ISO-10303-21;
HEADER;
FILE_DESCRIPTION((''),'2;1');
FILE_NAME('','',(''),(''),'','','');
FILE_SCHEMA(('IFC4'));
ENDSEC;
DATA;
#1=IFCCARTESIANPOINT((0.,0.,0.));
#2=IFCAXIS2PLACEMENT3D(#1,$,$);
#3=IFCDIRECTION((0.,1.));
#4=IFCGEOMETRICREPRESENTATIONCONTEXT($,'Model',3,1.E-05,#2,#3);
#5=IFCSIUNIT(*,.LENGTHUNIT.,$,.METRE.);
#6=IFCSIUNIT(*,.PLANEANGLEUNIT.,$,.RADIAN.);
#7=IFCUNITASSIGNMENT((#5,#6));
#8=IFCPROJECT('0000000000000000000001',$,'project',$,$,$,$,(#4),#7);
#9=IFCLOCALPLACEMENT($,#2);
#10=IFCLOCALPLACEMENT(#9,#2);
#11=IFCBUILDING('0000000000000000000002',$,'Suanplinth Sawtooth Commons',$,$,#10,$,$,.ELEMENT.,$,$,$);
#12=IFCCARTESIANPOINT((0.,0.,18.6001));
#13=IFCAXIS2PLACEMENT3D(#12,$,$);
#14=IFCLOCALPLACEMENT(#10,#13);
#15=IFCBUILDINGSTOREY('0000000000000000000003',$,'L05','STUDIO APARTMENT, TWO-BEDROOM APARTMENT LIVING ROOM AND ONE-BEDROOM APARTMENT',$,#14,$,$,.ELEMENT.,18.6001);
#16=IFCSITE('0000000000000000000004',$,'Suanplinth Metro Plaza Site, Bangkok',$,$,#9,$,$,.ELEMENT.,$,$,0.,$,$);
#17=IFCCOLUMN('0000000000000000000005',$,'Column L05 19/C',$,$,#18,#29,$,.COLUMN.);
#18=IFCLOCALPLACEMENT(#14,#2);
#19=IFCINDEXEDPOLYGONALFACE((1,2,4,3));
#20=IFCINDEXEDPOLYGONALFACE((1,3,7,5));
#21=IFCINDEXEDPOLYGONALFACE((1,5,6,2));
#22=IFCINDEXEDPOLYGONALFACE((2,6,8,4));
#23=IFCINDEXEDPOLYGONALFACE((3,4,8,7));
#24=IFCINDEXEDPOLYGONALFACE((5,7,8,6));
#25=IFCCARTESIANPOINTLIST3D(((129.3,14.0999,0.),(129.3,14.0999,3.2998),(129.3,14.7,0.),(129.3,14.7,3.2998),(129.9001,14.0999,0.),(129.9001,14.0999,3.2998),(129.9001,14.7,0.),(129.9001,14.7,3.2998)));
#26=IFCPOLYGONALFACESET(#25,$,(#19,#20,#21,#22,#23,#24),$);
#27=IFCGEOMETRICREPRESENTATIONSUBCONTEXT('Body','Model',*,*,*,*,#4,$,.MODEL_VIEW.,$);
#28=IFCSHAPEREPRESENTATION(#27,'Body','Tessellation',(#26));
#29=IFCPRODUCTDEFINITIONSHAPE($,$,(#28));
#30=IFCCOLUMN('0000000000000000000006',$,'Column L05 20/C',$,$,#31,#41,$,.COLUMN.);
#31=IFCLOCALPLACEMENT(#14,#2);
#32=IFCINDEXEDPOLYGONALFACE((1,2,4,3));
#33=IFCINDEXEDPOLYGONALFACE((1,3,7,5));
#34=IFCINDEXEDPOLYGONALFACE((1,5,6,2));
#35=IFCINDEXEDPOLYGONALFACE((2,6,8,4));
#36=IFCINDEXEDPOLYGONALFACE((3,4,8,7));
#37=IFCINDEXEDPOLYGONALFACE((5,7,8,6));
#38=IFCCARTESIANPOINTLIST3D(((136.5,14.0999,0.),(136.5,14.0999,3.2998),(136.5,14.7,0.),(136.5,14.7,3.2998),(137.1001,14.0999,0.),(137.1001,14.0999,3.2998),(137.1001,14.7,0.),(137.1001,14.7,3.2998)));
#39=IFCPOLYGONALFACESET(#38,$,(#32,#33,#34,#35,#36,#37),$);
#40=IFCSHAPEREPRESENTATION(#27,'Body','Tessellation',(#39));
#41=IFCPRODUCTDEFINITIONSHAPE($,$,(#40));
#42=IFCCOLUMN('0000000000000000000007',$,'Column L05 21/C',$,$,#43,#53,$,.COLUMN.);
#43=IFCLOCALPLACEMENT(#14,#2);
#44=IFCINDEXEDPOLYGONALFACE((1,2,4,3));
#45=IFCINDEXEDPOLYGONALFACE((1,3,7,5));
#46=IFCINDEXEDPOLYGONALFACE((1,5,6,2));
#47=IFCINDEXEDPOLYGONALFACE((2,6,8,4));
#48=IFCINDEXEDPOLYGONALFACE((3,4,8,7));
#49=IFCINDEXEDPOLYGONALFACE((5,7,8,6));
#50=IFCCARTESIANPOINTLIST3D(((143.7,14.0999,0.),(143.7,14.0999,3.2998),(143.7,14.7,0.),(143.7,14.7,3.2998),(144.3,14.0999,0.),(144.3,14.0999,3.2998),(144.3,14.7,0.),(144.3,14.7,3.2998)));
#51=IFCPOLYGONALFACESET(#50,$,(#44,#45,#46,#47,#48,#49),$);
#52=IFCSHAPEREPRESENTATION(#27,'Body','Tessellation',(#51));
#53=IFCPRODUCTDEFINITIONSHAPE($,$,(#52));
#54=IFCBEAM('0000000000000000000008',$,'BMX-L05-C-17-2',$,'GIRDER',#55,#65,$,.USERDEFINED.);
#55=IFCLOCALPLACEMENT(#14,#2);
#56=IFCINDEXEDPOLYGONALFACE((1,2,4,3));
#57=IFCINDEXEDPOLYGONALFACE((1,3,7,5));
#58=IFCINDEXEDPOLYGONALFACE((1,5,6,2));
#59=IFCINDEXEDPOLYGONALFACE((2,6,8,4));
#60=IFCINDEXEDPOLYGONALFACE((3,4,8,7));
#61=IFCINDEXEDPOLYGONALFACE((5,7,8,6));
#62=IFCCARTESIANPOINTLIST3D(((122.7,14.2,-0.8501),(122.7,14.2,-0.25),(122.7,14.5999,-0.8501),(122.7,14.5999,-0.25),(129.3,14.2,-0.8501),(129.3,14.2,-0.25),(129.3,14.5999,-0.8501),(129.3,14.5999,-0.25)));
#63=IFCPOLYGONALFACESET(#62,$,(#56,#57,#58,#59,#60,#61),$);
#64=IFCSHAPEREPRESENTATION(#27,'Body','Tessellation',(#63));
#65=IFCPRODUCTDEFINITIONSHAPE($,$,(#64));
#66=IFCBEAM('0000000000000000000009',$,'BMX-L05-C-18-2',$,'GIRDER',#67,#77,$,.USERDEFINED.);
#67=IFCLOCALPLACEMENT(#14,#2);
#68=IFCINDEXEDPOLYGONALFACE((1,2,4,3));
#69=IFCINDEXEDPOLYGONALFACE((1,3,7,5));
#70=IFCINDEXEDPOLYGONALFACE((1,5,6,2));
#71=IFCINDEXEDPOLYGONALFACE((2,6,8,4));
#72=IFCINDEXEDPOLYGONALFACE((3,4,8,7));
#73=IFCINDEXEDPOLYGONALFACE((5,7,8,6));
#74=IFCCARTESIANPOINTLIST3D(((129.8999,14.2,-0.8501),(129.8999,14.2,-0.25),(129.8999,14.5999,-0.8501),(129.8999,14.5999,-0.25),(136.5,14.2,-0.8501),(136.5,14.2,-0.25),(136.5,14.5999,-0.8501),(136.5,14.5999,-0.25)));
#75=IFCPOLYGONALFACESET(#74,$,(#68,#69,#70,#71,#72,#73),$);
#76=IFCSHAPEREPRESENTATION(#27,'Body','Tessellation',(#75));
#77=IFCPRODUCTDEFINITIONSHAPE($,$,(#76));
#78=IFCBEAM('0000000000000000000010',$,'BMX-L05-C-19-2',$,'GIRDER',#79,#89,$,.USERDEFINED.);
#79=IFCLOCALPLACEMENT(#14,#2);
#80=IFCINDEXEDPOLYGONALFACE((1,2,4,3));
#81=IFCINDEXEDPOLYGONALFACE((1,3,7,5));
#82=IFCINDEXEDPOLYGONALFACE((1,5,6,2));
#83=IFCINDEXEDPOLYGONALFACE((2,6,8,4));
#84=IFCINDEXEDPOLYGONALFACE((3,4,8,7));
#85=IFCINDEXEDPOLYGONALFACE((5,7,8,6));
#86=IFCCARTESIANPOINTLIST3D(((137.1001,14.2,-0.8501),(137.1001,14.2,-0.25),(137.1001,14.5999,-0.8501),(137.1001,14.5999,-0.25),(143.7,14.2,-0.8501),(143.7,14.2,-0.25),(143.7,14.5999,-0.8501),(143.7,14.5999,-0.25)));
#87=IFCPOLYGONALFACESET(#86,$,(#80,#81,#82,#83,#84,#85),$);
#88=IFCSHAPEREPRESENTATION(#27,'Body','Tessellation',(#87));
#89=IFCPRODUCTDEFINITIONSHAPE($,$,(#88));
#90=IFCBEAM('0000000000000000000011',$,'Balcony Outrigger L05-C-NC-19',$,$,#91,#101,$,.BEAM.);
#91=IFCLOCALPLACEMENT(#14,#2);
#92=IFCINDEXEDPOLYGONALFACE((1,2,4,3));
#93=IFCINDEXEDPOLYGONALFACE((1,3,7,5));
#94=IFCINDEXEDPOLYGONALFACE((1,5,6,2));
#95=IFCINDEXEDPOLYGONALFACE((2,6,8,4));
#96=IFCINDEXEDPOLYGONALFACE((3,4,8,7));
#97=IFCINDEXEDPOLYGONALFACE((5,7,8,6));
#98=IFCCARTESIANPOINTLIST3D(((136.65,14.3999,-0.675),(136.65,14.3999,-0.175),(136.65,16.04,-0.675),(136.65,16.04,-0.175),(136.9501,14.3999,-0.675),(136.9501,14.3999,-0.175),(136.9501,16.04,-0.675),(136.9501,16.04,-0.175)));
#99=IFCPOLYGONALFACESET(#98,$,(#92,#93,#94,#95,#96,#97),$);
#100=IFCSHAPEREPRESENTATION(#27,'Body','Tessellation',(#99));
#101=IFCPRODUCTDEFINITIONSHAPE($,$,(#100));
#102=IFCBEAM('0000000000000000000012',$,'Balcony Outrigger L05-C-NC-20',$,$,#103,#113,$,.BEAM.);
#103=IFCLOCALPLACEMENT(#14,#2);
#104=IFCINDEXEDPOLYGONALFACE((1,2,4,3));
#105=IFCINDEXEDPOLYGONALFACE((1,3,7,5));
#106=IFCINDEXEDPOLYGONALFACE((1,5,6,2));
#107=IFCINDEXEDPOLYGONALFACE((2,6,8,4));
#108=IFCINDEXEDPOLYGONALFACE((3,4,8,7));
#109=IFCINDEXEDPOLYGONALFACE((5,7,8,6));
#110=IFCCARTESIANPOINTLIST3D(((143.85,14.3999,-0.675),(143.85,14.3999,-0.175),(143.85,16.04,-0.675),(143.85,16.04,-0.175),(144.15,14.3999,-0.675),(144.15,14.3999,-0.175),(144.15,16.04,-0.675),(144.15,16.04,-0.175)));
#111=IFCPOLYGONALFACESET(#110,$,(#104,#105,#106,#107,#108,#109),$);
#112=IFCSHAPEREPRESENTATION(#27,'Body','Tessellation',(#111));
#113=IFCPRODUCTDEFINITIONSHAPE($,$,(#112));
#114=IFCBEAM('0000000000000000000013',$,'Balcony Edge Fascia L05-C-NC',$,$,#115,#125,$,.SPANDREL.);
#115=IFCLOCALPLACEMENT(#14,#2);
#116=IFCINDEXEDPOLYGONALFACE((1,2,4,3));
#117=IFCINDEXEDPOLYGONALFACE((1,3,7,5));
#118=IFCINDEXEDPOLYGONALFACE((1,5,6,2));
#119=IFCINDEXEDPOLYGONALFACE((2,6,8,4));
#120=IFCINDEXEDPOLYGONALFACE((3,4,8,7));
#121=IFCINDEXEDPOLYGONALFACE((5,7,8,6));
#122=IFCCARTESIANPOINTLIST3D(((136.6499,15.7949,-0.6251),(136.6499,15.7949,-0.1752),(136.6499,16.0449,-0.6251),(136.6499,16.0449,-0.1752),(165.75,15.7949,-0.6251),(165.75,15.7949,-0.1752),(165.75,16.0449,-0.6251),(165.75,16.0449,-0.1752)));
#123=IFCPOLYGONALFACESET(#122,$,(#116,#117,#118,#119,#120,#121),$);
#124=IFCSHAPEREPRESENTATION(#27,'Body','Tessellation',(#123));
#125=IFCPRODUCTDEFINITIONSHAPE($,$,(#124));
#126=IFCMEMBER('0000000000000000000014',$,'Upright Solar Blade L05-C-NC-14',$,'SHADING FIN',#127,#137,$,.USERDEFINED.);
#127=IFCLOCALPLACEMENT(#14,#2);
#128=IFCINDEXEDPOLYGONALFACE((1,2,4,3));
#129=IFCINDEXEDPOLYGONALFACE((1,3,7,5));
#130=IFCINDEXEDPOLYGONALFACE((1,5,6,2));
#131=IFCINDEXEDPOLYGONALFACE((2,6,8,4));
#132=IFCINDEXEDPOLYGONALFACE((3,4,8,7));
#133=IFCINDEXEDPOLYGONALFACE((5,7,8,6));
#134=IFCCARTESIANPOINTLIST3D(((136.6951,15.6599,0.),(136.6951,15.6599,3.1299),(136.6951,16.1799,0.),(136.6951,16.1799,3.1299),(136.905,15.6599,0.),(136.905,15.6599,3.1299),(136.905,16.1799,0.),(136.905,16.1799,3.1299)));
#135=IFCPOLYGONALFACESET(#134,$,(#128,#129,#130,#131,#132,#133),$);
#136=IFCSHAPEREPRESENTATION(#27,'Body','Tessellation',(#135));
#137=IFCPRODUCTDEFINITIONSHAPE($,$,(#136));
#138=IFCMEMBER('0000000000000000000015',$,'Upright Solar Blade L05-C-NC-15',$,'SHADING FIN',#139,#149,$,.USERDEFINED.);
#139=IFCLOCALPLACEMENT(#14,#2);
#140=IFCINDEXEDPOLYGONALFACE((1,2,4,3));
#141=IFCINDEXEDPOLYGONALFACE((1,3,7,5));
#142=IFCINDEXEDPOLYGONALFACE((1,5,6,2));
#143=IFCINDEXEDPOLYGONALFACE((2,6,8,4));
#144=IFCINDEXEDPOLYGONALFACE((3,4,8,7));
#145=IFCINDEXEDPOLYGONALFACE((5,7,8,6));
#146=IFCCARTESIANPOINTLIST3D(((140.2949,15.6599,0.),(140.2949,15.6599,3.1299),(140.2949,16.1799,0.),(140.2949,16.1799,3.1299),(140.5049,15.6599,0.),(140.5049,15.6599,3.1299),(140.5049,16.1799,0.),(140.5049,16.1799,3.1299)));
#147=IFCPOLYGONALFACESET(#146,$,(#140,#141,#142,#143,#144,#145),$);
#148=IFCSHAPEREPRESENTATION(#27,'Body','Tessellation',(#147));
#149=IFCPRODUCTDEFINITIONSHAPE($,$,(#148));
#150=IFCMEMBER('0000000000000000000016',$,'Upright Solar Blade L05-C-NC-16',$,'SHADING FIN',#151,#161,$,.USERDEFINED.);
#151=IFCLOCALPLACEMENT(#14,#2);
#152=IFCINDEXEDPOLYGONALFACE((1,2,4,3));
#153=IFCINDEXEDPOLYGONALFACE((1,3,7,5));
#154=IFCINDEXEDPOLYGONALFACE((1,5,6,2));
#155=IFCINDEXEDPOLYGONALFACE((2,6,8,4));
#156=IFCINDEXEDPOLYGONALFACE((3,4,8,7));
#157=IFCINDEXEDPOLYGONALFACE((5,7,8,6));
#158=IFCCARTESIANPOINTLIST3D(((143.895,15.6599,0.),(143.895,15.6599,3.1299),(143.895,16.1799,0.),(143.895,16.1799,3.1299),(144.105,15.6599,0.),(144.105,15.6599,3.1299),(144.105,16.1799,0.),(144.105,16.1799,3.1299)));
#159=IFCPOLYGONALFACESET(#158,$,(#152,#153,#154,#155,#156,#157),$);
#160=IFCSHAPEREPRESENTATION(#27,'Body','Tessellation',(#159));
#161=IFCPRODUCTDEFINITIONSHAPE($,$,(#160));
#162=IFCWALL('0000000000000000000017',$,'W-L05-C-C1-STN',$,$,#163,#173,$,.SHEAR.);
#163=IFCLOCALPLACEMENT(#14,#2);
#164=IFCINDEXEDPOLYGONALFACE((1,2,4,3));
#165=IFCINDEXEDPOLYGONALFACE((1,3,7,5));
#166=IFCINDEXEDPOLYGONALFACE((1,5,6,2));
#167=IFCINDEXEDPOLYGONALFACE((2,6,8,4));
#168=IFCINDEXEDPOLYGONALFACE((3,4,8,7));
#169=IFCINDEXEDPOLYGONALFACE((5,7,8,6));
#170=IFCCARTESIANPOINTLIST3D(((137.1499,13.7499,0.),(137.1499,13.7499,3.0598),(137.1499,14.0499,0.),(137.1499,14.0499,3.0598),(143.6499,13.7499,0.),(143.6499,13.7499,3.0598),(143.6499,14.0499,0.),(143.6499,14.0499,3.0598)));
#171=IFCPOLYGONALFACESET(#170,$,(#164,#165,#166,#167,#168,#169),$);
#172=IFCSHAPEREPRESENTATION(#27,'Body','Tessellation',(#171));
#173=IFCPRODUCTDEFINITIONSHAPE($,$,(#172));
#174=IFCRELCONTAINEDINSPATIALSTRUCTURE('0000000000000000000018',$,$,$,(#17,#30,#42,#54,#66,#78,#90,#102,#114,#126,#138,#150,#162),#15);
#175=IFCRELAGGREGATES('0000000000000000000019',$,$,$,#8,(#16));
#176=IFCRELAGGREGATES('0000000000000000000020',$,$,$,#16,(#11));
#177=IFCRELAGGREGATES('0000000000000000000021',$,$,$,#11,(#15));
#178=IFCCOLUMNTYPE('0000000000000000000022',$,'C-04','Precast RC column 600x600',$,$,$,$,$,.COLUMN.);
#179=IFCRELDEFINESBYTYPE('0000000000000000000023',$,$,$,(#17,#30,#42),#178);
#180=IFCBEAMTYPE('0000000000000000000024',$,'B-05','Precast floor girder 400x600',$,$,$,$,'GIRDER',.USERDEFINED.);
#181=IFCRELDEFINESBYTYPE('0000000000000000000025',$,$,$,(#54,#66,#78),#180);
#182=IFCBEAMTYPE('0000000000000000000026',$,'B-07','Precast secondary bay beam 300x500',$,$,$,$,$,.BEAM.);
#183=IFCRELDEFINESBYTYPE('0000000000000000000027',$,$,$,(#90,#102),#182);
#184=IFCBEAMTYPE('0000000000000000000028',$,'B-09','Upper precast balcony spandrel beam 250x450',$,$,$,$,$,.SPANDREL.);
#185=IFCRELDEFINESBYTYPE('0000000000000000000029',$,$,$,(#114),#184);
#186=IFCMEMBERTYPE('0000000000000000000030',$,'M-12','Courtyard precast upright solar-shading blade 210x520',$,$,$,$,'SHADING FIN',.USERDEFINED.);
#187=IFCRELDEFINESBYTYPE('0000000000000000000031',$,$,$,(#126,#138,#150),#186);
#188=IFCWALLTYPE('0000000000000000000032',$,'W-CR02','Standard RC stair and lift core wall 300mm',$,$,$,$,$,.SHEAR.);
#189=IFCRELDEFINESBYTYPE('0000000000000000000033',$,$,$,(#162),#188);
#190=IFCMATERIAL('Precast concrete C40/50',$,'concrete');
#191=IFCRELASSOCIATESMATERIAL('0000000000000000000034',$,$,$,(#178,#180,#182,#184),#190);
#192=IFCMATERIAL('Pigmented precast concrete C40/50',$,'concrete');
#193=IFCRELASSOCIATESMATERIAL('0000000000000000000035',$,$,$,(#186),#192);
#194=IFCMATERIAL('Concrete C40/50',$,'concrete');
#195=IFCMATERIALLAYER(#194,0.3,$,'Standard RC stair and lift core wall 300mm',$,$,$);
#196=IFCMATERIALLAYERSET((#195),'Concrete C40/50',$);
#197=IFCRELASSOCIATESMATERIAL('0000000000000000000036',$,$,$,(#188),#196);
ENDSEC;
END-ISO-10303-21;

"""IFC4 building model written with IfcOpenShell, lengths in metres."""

from ifc_helpers import new_model, si_unit, direction, frame, frame_2d, origin, origin_2d, place, context, subcontext, project, spatial, rectangle, extrude, material, layer, layer_set, material_profile, profile_set, type_object, element, save


model = new_model("IFC4")

# Units and contexts
model_context = context("Model", 3, precision=1e-05, world=origin(), true_north=direction((0.0, 1.0)))
body_context = subcontext(model_context, "Body", "Model", "MODEL_VIEW")
ifc_project = project(units=[si_unit("LENGTHUNIT", "METRE"), si_unit("PLANEANGLEUNIT", "RADIAN")], contexts=[model_context])

# Site, building, storey
site_placement = place(None, origin())
site = spatial("IfcSite", under=ifc_project, at=site_placement, Name="Suanplinth Metro Plaza Site, Bangkok", CompositionType="ELEMENT", RefElevation=0.0)
building_placement = place(site_placement, origin())
building = spatial("IfcBuilding", under=site, at=building_placement, Name="Suanplinth Sawtooth Commons", CompositionType="ELEMENT")
storey_placement = place(building_placement, frame((0.0, 0.0, 18.6001)))
storey = spatial("IfcBuildingStorey", under=building, at=storey_placement, Name="L05", Description="STUDIO APARTMENT, TWO-BEDROOM APARTMENT LIVING ROOM AND ONE-BEDROOM APARTMENT", CompositionType="ELEMENT", Elevation=18.6001)

# Columns
ifc_material_1 = material(Name="Precast concrete C40/50", Category="concrete")
ifc_material_profile_1 = material_profile(ifc_material_1, rectangle(XDim=0.6001, YDim=0.6001, at=origin_2d()), Name="PC-COL 600x600")
ifc_profile_set_1 = profile_set([ifc_material_profile_1], Name="Precast concrete C40/50")
column_type = type_object("IfcColumnType", Name="C-04", Description="Precast RC column 600x600", PredefinedType="COLUMN", material=ifc_profile_set_1)
for number, where, z_axis, x_axis, name in (
    (1, (129.6001, 14.3999, 0.0), (0.0, 0.0, 1.0), (1.0, 0.0, 0.0), "Column L05 19/C"),
    (2, (136.8, 14.3999, 0.0), (0.0, 0.0, 1.0), (1.0, 0.0, 0.0), "Column L05 20/C"),
    (3, (144.0, 14.3999, 0.0), (0.0, 0.0, 1.0), (1.0, 0.0, 0.0), "Column L05 21/C"),
):
    element("IfcColumn", number, at=place(storey_placement, frame(where, z_axis=z_axis, x_axis=x_axis)), inside=storey, type_object=column_type, Name=name, PredefinedType="COLUMN", context=body_context, shape_type="SweptSolid", body=[
        extrude(rectangle(XDim=0.6001, YDim=0.6001, at=origin_2d()), origin(), (0.0, 0.0, 1.0), 3.2998),
    ])

# Beams
ifc_material_profile_2 = material_profile(ifc_material_1, rectangle(XDim=0.3999, YDim=0.6001, at=origin_2d()), Name="PC-GDR 400x600")
ifc_profile_set_2 = profile_set([ifc_material_profile_2], Name="Precast concrete C40/50")
beam_type_1 = type_object("IfcBeamType", Name="B-05", Description="Precast floor girder 400x600", ElementType="GIRDER", PredefinedType="USERDEFINED", material=ifc_profile_set_2)
for number, where, z_axis, x_axis, name in (
    (4, (122.7, 14.3999, -0.55), (1.0, 0.0, 0.0), (0.0, 1.0, 0.0), "BMX-L05-C-17-2"),
    (5, (129.8999, 14.3999, -0.55), (1.0, 0.0, 0.0), (0.0, 1.0, 0.0), "BMX-L05-C-18-2"),
):
    element("IfcBeam", number, at=place(storey_placement, frame(where, z_axis=z_axis, x_axis=x_axis)), inside=storey, type_object=beam_type_1, Name=name, ObjectType="GIRDER", PredefinedType="USERDEFINED", context=body_context, shape_type="SweptSolid", body=[
        extrude(rectangle(XDim=0.3999, YDim=0.6001, at=origin_2d()), origin(), (0.0, 0.0, 1.0), 6.6001),
    ])
beam_1_placement = place(storey_placement, frame((137.1001, 14.3999, -0.55), z_axis=(1.0, 0.0, 0.0), x_axis=(0.0, 1.0, 0.0)))
element("IfcBeam", 6, at=beam_1_placement, inside=storey, type_object=beam_type_1, Name="BMX-L05-C-19-2", ObjectType="GIRDER", PredefinedType="USERDEFINED", context=body_context, shape_type="SweptSolid", body=[
    extrude(rectangle(XDim=0.3999, YDim=0.6001, at=origin_2d()), origin(), (0.0, 0.0, 1.0), 6.5999),
])
ifc_material_profile_3 = material_profile(ifc_material_1, rectangle(XDim=0.3, YDim=0.5, at=origin_2d()), Name="PC-BM 300x500")
ifc_profile_set_3 = profile_set([ifc_material_profile_3], Name="Precast concrete C40/50")
beam_type_2 = type_object("IfcBeamType", Name="B-07", Description="Precast secondary bay beam 300x500", PredefinedType="BEAM", material=ifc_profile_set_3)
for number, where, z_axis, x_axis, name in (
    (7, (136.8, 14.3999, -0.425), (0.0, 1.0, 0.0), (-1.0, 0.0, 0.0), "Balcony Outrigger L05-C-NC-19"),
    (8, (144.0, 14.3999, -0.425), (0.0, 1.0, 0.0), (-1.0, 0.0, 0.0), "Balcony Outrigger L05-C-NC-20"),
):
    element("IfcBeam", number, at=place(storey_placement, frame(where, z_axis=z_axis, x_axis=x_axis)), inside=storey, type_object=beam_type_2, Name=name, PredefinedType="BEAM", context=body_context, shape_type="SweptSolid", body=[
        extrude(rectangle(XDim=0.3, YDim=0.5, at=origin_2d()), origin(), (0.0, 0.0, 1.0), 1.6401),
    ])
ifc_material_profile_4 = material_profile(ifc_material_1, rectangle(XDim=0.25, YDim=0.45, at=origin_2d()), Name="PC-SP 250x450")
ifc_profile_set_4 = profile_set([ifc_material_profile_4], Name="Precast concrete C40/50")
beam_type_3 = type_object("IfcBeamType", Name="B-09", Description="Upper precast balcony spandrel beam 250x450", PredefinedType="SPANDREL", material=ifc_profile_set_4)
beam_2_placement = place(storey_placement, frame((136.6499, 15.9199, -0.4001), z_axis=(1.0, 0.0, 0.0), x_axis=(0.0, 1.0, 0.0)))
element("IfcBeam", 9, at=beam_2_placement, inside=storey, type_object=beam_type_3, Name="Balcony Edge Fascia L05-C-NC", PredefinedType="SPANDREL", context=body_context, shape_type="SweptSolid", body=[
    extrude(rectangle(XDim=0.25, YDim=0.45, at=origin_2d()), origin(), (0.0, 0.0, 1.0), 29.1001),
])

# Members
ifc_material_2 = material(Name="Pigmented precast concrete C40/50", Category="concrete")
ifc_material_profile_5 = material_profile(ifc_material_2, rectangle(XDim=0.21, YDim=0.52, at=origin_2d()), Name="PC-FIN 210x520")
ifc_profile_set_5 = profile_set([ifc_material_profile_5], Name="Pigmented precast concrete C40/50")
member_type = type_object("IfcMemberType", Name="M-12", Description="Courtyard precast upright solar-shading blade 210x520", ElementType="SHADING FIN", PredefinedType="USERDEFINED", material=ifc_profile_set_5)
for number, where, z_axis, x_axis, name in (
    (10, (136.8, 15.9199, 0.0), (0.0, 0.0, 1.0), (1.0, 0.0, 0.0), "Upright Solar Blade L05-C-NC-14"),
    (11, (140.3999, 15.9199, 0.0), (0.0, 0.0, 1.0), (1.0, 0.0, 0.0), "Upright Solar Blade L05-C-NC-15"),
    (12, (144.0, 15.9199, 0.0), (0.0, 0.0, 1.0), (1.0, 0.0, 0.0), "Upright Solar Blade L05-C-NC-16"),
):
    element("IfcMember", number, at=place(storey_placement, frame(where, z_axis=z_axis, x_axis=x_axis)), inside=storey, type_object=member_type, Name=name, ObjectType="SHADING FIN", PredefinedType="USERDEFINED", context=body_context, shape_type="SweptSolid", body=[
        extrude(rectangle(XDim=0.21, YDim=0.52, at=origin_2d()), origin(), (0.0, 0.0, 1.0), 3.1299),
    ])

# Wall
ifc_material_3 = material(Name="Concrete C40/50", Category="concrete")
ifc_layer_1 = layer(ifc_material_3, 0.3, Name="Standard RC stair and lift core wall 300mm")
ifc_layer_set_1 = layer_set([ifc_layer_1], Name="Concrete C40/50")
wall_type_1 = type_object("IfcWallType", Name="W-CR02", Description="Standard RC stair and lift core wall 300mm", PredefinedType="SHEAR", material=ifc_layer_set_1)
wall_1_placement = place(storey_placement, frame((137.1499, 13.8999, 0.0), z_axis=(0.0, 0.0, 1.0), x_axis=(1.0, 0.0, 0.0)))
element("IfcWall", 13, at=wall_1_placement, inside=storey, type_object=wall_type_1, Name="W-L05-C-C1-STN", PredefinedType="SHEAR", context=body_context, shape_type="SweptSolid", body=[
    extrude(rectangle(XDim=6.5, YDim=0.3, at=frame_2d((3.25, 0.0))), origin(), (0.0, 0.0, 1.0), 3.0598),
])

save(model, "model.ifc")
